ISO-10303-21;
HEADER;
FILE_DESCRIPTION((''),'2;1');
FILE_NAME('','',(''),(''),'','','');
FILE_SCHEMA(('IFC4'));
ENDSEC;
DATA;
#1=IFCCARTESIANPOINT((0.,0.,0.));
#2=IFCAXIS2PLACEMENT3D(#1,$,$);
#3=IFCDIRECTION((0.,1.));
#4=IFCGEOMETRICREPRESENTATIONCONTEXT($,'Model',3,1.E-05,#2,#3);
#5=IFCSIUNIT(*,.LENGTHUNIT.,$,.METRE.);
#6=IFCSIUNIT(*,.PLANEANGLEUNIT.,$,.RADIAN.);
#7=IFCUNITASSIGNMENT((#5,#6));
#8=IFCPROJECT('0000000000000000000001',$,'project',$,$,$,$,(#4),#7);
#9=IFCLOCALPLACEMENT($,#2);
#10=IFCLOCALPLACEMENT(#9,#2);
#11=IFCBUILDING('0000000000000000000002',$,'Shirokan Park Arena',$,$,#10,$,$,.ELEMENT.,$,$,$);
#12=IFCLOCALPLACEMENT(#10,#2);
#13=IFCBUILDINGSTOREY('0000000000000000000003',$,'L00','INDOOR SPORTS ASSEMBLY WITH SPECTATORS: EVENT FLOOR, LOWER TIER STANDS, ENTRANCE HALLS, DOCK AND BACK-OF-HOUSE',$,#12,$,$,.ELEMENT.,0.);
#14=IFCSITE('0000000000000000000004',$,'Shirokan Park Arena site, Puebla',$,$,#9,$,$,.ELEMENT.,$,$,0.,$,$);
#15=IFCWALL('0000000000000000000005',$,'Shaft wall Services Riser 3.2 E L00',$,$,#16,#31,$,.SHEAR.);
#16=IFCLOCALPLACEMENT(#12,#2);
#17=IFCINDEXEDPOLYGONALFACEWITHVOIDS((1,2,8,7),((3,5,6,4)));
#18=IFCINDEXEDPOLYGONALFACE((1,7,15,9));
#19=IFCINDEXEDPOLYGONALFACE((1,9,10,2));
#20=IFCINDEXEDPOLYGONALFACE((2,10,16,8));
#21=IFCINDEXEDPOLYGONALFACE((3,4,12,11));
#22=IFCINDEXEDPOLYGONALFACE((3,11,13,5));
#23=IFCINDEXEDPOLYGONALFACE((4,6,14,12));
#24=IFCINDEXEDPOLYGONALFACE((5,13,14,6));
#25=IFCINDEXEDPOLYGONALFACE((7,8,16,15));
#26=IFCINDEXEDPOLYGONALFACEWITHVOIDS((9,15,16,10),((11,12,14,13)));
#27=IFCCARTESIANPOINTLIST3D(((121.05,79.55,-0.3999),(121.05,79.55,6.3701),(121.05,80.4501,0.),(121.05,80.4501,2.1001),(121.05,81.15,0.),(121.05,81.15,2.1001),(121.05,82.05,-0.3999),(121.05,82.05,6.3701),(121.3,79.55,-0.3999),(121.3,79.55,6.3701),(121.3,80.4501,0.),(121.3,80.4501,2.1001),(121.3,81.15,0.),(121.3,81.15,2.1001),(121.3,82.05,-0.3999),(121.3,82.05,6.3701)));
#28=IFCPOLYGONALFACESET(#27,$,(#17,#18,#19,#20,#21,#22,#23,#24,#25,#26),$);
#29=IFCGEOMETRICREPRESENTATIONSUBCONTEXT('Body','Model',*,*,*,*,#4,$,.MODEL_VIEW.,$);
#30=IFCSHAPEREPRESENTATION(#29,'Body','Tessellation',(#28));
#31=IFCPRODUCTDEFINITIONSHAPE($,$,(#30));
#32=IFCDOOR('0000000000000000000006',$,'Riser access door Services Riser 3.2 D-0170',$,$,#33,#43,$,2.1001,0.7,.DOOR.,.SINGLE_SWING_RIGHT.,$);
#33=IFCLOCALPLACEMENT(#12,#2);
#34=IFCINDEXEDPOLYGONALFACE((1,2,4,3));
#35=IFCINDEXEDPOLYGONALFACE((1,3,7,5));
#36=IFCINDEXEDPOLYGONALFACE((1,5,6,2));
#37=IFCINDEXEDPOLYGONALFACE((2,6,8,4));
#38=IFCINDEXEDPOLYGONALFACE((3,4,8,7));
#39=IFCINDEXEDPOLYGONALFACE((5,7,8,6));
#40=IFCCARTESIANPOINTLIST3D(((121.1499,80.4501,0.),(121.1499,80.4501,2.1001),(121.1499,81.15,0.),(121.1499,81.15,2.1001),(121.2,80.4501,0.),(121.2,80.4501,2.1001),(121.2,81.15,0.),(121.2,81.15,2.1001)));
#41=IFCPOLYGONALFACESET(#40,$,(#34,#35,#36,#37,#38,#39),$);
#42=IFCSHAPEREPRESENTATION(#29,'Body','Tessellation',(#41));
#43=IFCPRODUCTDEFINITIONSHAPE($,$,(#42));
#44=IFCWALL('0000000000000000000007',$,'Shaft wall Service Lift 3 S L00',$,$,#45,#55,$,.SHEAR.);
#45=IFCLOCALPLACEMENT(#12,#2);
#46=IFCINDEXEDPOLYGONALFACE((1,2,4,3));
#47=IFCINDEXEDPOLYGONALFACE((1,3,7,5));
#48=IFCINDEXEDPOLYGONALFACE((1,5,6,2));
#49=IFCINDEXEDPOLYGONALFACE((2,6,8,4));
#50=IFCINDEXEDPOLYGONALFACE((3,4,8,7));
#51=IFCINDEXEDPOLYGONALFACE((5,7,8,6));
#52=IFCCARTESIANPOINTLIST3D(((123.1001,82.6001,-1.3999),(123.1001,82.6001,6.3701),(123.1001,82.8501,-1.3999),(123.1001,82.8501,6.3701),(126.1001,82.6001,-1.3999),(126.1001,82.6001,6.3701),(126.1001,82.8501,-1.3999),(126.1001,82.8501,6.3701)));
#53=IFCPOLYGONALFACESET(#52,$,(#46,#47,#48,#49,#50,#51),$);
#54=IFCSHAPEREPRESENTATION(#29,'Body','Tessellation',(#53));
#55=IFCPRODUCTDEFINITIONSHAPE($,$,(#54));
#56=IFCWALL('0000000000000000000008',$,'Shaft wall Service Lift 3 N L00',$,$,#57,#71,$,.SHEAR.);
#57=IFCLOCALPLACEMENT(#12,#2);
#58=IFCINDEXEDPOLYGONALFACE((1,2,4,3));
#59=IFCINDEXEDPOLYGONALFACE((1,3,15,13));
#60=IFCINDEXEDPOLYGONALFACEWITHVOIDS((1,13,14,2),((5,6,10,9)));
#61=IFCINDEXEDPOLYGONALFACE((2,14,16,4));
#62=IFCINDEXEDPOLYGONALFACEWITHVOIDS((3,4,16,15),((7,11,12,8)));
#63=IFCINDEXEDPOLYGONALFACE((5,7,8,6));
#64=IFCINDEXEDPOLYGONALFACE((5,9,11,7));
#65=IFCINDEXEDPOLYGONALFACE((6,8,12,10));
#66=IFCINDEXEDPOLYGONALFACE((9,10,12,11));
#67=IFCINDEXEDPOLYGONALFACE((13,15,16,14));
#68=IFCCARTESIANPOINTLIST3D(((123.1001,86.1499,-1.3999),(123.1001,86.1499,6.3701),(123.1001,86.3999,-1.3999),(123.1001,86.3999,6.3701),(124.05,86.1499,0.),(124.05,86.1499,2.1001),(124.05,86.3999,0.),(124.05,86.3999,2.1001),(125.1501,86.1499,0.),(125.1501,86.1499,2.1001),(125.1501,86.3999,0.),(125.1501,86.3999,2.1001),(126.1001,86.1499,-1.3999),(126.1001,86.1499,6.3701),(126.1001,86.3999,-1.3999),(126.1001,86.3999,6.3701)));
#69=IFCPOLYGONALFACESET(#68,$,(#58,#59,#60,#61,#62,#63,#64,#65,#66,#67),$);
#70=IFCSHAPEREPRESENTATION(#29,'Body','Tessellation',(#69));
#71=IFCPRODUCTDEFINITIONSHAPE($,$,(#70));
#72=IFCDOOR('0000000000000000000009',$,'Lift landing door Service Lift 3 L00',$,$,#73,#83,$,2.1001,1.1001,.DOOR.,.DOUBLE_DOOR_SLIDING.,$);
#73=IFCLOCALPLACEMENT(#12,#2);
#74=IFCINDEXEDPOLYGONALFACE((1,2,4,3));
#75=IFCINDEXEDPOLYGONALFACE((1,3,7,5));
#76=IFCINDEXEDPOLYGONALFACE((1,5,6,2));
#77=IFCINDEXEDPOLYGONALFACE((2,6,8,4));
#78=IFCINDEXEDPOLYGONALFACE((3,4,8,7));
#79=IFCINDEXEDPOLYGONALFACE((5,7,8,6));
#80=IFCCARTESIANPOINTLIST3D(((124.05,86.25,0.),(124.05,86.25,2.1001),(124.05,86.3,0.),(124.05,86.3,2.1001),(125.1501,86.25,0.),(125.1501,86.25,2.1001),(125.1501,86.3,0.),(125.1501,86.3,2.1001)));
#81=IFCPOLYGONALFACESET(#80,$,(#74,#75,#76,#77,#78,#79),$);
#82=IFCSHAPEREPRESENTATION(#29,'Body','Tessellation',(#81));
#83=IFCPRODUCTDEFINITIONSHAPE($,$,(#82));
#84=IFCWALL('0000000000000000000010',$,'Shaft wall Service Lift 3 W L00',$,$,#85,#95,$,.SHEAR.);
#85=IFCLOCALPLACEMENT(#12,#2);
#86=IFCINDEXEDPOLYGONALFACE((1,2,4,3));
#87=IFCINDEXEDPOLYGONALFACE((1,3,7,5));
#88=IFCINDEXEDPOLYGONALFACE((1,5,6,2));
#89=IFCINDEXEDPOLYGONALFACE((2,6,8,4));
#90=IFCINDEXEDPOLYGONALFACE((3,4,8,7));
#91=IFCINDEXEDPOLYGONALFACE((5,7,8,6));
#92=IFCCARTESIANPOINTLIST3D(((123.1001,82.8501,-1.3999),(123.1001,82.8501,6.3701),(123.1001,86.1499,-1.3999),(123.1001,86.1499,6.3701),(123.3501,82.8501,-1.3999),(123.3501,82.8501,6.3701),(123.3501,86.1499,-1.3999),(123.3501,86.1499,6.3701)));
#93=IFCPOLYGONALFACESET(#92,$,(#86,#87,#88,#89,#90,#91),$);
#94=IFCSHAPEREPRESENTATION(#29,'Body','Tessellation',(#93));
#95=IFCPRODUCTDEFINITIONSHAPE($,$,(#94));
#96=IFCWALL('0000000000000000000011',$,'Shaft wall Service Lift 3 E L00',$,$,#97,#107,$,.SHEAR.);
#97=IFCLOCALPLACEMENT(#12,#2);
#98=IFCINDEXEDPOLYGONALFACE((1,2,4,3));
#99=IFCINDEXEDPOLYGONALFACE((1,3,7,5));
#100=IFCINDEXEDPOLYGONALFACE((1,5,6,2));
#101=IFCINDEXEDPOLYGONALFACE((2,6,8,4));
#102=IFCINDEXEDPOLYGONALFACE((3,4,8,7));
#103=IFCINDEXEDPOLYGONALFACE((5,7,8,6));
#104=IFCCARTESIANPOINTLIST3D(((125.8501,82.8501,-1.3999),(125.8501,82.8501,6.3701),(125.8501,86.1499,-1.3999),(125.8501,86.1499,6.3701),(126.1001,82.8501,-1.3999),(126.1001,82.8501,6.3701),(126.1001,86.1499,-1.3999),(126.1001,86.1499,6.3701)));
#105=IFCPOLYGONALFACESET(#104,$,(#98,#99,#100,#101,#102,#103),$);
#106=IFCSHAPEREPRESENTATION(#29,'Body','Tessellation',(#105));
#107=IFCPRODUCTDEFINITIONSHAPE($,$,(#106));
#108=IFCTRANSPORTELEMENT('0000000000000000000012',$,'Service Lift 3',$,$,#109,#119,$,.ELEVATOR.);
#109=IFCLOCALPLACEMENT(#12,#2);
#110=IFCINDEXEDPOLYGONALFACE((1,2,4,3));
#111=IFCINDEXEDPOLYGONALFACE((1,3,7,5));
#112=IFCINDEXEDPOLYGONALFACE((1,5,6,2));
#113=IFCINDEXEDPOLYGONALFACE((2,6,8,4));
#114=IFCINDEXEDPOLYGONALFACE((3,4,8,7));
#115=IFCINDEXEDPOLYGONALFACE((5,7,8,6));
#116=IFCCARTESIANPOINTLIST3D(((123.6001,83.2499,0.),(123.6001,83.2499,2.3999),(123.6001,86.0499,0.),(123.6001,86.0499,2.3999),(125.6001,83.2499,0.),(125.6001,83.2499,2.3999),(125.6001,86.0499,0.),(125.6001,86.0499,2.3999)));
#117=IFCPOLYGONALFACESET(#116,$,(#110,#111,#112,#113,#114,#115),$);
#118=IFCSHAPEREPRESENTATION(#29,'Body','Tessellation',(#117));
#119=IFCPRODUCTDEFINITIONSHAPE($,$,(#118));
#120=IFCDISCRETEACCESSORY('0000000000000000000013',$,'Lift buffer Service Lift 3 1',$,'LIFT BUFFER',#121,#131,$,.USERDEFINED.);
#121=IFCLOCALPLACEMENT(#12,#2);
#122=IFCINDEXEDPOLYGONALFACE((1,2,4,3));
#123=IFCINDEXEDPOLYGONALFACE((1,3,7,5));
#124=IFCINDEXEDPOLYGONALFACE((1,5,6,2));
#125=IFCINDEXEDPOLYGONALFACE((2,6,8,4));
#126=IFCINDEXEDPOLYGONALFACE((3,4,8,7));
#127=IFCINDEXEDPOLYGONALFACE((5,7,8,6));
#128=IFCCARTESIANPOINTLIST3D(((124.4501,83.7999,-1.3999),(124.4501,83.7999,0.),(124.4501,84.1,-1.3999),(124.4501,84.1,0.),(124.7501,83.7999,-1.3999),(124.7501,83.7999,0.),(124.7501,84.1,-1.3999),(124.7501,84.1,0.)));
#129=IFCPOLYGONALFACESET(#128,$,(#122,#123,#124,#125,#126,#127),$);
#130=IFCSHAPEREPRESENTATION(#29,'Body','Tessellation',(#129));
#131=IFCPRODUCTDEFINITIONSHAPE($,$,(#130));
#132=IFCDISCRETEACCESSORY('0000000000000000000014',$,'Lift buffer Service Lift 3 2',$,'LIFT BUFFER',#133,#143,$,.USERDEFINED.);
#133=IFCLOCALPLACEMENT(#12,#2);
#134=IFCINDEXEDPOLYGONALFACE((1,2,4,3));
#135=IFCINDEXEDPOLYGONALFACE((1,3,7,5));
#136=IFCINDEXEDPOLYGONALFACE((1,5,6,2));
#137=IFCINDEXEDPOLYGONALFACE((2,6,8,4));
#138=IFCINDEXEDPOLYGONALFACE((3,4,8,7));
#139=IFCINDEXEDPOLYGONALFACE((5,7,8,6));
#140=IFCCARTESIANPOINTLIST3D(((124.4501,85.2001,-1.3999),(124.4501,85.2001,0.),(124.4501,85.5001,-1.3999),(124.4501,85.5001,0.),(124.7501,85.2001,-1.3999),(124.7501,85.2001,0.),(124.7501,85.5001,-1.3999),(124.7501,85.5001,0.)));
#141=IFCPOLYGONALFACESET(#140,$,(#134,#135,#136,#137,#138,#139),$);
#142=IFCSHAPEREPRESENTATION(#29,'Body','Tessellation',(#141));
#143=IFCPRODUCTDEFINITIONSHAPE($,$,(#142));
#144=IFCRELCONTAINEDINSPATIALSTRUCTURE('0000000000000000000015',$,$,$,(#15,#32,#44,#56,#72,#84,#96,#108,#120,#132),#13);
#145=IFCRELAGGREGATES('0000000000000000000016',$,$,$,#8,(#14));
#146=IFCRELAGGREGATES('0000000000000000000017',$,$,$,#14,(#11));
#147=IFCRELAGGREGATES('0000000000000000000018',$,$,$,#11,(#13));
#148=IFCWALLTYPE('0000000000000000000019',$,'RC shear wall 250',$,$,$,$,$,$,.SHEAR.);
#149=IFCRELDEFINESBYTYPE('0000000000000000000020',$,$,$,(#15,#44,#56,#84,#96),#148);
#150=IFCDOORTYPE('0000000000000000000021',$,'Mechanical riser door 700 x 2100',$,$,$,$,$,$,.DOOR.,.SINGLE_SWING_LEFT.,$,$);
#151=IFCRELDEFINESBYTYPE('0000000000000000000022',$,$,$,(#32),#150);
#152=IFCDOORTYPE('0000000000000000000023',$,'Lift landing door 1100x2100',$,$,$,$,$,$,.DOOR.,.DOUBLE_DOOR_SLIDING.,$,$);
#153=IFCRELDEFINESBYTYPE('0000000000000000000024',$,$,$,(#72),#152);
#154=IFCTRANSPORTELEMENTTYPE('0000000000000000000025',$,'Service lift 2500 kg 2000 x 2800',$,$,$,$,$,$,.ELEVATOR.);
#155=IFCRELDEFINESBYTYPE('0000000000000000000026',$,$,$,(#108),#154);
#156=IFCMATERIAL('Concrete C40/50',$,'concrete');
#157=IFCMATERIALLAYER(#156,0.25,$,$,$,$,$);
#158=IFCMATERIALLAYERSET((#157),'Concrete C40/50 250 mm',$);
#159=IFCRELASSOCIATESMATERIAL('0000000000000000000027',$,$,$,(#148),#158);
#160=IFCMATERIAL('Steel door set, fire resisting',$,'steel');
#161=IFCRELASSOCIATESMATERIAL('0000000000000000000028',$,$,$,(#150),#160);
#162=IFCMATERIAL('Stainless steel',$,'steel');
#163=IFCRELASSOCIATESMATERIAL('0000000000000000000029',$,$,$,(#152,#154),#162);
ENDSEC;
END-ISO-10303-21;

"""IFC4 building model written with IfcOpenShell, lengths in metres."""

from ifc_helpers import new_model, si_unit, direction, frame, frame_2d, origin, origin_2d, place, context, subcontext, project, spatial, rectangle, extrude, material, layer, layer_set, type_object, element, fill, save


model = new_model("IFC4")

# Units and contexts
model_context = context("Model", 3, precision=1e-05, world=origin(), true_north=direction((0.0, 1.0)))
body_context = subcontext(model_context, "Body", "Model", "MODEL_VIEW")
ifc_project = project(units=[si_unit("LENGTHUNIT", "METRE"), si_unit("PLANEANGLEUNIT", "RADIAN")], contexts=[model_context])

# Site, building, storey
site_placement = place(None, origin())
site = spatial("IfcSite", under=ifc_project, at=site_placement, Name="Shirokan Park Arena site, Puebla", CompositionType="ELEMENT", RefElevation=0.0)
building_placement = place(site_placement, origin())
building = spatial("IfcBuilding", under=site, at=building_placement, Name="Shirokan Park Arena", CompositionType="ELEMENT")
storey_placement = place(building_placement, origin())
storey = spatial("IfcBuildingStorey", under=building, at=storey_placement, Name="L00", Description="INDOOR SPORTS ASSEMBLY WITH SPECTATORS: EVENT FLOOR, LOWER TIER STANDS, ENTRANCE HALLS, DOCK AND BACK-OF-HOUSE", CompositionType="ELEMENT", Elevation=0.0)

# Shared definitions
ifc_material_1 = material(Name="Concrete C40/50", Category="concrete")
ifc_layer_1 = layer(ifc_material_1, 0.25)
ifc_layer_set_1 = layer_set([ifc_layer_1], Name="Concrete C40/50 250 mm")
wall_type_1 = type_object("IfcWallType", Name="RC shear wall 250", PredefinedType="SHEAR", material=ifc_layer_set_1)

# Wall, opening, door
wall_1_placement = place(storey_placement, frame((121.175, 82.05, -0.3999), z_axis=(0.0, 0.0, 1.0), x_axis=(0.0, -1.0, 0.0)))
wall_1 = element("IfcWall", 1, at=wall_1_placement, inside=storey, type_object=wall_type_1, Name="Shaft wall Services Riser 3.2 E L00", PredefinedType="SHEAR", context=body_context, shape_type="SweptSolid", body=[
    extrude(rectangle(XDim=2.5, YDim=0.25, at=frame_2d((1.25, 0.0))), origin(), (0.0, 0.0, 1.0), 6.77),
])
opening_1_placement = place(wall_1_placement, frame((0.8999, 0.0, 0.3999)))
opening_1 = element("IfcOpeningElement", 2, at=opening_1_placement, cuts=wall_1, PredefinedType="OPENING", context=body_context, shape_type="SweptSolid", body=[
    extrude(rectangle(XDim=0.7, YDim=2.1001, at=frame_2d((0.3501, 1.05))), frame((0.0, 0.135, 0.0), z_axis=(0.0, -1.0, 0.0), x_axis=(1.0, 0.0, 0.0)), (0.0, 0.0, 1.0), 0.27),
])
ifc_material_2 = material(Name="Steel door set, fire resisting", Category="steel")
door_type_1 = type_object("IfcDoorType", Name="Mechanical riser door 700 x 2100", OperationType="SINGLE_SWING_LEFT", PredefinedType="DOOR", material=ifc_material_2)
door_1_placement = place(opening_1_placement, origin())
door_1 = element("IfcDoor", 3, at=door_1_placement, inside=storey, type_object=door_type_1, Name="Riser access door Services Riser 3.2 D-0170", OperationType="SINGLE_SWING_RIGHT", OverallHeight=2.1001, OverallWidth=0.7, PredefinedType="DOOR", context=body_context, shape_type="SweptSolid", body=[
    extrude(rectangle(XDim=0.7, YDim=2.1001, at=frame_2d((0.3501, 1.05))), frame((0.0, 0.0249, 0.0), z_axis=(0.0, -1.0, 0.0), x_axis=(1.0, 0.0, 0.0)), (0.0, 0.0, 1.0), 0.05),
])
fill(opening_1, door_1)

# Wall
wall_2_placement = place(storey_placement, frame((126.1001, 82.7251, -1.3999), z_axis=(0.0, 0.0, 1.0), x_axis=(-1.0, 0.0, 0.0)))
element("IfcWall", 4, at=wall_2_placement, inside=storey, type_object=wall_type_1, Name="Shaft wall Service Lift 3 S L00", PredefinedType="SHEAR", context=body_context, shape_type="SweptSolid", body=[
    extrude(rectangle(XDim=3.0, YDim=0.25, at=frame_2d((1.5, 0.0))), origin(), (0.0, 0.0, 1.0), 7.77),
])

# Wall, opening, door
wall_3_placement = place(storey_placement, frame((126.1001, 86.2749, -1.3999), z_axis=(0.0, 0.0, 1.0), x_axis=(-1.0, 0.0, 0.0)))
wall_3 = element("IfcWall", 5, at=wall_3_placement, inside=storey, type_object=wall_type_1, Name="Shaft wall Service Lift 3 N L00", PredefinedType="SHEAR", context=body_context, shape_type="SweptSolid", body=[
    extrude(rectangle(XDim=3.0, YDim=0.25, at=frame_2d((1.5, 0.0))), origin(), (0.0, 0.0, 1.0), 7.77),
])
opening_2_placement = place(wall_3_placement, frame((0.95, 0.0, 1.3999)))
opening_2 = element("IfcOpeningElement", 6, at=opening_2_placement, cuts=wall_3, PredefinedType="OPENING", context=body_context, shape_type="SweptSolid", body=[
    extrude(rectangle(XDim=1.1001, YDim=2.1001, at=frame_2d((0.55, 1.05))), frame((0.0, 0.135, 0.0), z_axis=(0.0, -1.0, 0.0), x_axis=(1.0, 0.0, 0.0)), (0.0, 0.0, 1.0), 0.27),
])
ifc_material_3 = material(Name="Stainless steel", Category="steel")
door_type_2 = type_object("IfcDoorType", Name="Lift landing door 1100x2100", OperationType="DOUBLE_DOOR_SLIDING", PredefinedType="DOOR", material=ifc_material_3)
door_2_placement = place(opening_2_placement, origin())
door_2 = element("IfcDoor", 7, at=door_2_placement, inside=storey, type_object=door_type_2, Name="Lift landing door Service Lift 3 L00", OperationType="DOUBLE_DOOR_SLIDING", OverallHeight=2.1001, OverallWidth=1.1001, PredefinedType="DOOR", context=body_context, shape_type="SweptSolid", body=[
    extrude(rectangle(XDim=1.1001, YDim=2.1001, at=frame_2d((0.55, 1.05))), frame((0.0, 0.0249, 0.0), z_axis=(0.0, -1.0, 0.0), x_axis=(1.0, 0.0, 0.0)), (0.0, 0.0, 1.0), 0.05),
])
fill(opening_2, door_2)

# Walls
for number, where, z_axis, x_axis, name in (
    (8, (123.2251, 86.1499, -1.3999), (0.0, 0.0, 1.0), (0.0, -1.0, 0.0), "Shaft wall Service Lift 3 W L00"),
    (9, (125.9751, 86.1499, -1.3999), (0.0, 0.0, 1.0), (0.0, -1.0, 0.0), "Shaft wall Service Lift 3 E L00"),
):
    element("IfcWall", number, at=place(storey_placement, frame(where, z_axis=z_axis, x_axis=x_axis)), inside=storey, type_object=wall_type_1, Name=name, PredefinedType="SHEAR", context=body_context, shape_type="SweptSolid", body=[
        extrude(rectangle(XDim=3.2998, YDim=0.25, at=frame_2d((1.6499, 0.0))), origin(), (0.0, 0.0, 1.0), 7.77),
    ])

# Transport element
transport_element_type = type_object("IfcTransportElementType", Name="Service lift 2500 kg 2000 x 2800", PredefinedType="ELEVATOR", material=ifc_material_3)
transport_element_placement = place(storey_placement, frame((124.6001, 84.6499, 0.0), z_axis=(0.0, 0.0, 1.0), x_axis=(1.0, 0.0, 0.0)))
element("IfcTransportElement", 10, at=transport_element_placement, inside=storey, type_object=transport_element_type, Name="Service Lift 3", PredefinedType="ELEVATOR", context=body_context, shape_type="SweptSolid", body=[
    extrude(rectangle(XDim=2.0, YDim=2.8, at=origin_2d()), origin(), (0.0, 0.0, 1.0), 2.3999),
])

# Discrete accessories
for number, where, z_axis, x_axis, name in (
    (11, (124.6001, 83.95, -1.3999), (0.0, 0.0, 1.0), (1.0, 0.0, 0.0), "Lift buffer Service Lift 3 1"),
    (12, (124.6001, 85.3501, -1.3999), (0.0, 0.0, 1.0), (1.0, 0.0, 0.0), "Lift buffer Service Lift 3 2"),
):
    element("IfcDiscreteAccessory", number, at=place(storey_placement, frame(where, z_axis=z_axis, x_axis=x_axis)), inside=storey, Name=name, ObjectType="LIFT BUFFER", PredefinedType="USERDEFINED", context=body_context, shape_type="SweptSolid", body=[
        extrude(rectangle(XDim=0.3, YDim=0.3, at=origin_2d()), origin(), (0.0, 0.0, 1.0), 1.3999),
    ])

save(model, "model.ifc")
